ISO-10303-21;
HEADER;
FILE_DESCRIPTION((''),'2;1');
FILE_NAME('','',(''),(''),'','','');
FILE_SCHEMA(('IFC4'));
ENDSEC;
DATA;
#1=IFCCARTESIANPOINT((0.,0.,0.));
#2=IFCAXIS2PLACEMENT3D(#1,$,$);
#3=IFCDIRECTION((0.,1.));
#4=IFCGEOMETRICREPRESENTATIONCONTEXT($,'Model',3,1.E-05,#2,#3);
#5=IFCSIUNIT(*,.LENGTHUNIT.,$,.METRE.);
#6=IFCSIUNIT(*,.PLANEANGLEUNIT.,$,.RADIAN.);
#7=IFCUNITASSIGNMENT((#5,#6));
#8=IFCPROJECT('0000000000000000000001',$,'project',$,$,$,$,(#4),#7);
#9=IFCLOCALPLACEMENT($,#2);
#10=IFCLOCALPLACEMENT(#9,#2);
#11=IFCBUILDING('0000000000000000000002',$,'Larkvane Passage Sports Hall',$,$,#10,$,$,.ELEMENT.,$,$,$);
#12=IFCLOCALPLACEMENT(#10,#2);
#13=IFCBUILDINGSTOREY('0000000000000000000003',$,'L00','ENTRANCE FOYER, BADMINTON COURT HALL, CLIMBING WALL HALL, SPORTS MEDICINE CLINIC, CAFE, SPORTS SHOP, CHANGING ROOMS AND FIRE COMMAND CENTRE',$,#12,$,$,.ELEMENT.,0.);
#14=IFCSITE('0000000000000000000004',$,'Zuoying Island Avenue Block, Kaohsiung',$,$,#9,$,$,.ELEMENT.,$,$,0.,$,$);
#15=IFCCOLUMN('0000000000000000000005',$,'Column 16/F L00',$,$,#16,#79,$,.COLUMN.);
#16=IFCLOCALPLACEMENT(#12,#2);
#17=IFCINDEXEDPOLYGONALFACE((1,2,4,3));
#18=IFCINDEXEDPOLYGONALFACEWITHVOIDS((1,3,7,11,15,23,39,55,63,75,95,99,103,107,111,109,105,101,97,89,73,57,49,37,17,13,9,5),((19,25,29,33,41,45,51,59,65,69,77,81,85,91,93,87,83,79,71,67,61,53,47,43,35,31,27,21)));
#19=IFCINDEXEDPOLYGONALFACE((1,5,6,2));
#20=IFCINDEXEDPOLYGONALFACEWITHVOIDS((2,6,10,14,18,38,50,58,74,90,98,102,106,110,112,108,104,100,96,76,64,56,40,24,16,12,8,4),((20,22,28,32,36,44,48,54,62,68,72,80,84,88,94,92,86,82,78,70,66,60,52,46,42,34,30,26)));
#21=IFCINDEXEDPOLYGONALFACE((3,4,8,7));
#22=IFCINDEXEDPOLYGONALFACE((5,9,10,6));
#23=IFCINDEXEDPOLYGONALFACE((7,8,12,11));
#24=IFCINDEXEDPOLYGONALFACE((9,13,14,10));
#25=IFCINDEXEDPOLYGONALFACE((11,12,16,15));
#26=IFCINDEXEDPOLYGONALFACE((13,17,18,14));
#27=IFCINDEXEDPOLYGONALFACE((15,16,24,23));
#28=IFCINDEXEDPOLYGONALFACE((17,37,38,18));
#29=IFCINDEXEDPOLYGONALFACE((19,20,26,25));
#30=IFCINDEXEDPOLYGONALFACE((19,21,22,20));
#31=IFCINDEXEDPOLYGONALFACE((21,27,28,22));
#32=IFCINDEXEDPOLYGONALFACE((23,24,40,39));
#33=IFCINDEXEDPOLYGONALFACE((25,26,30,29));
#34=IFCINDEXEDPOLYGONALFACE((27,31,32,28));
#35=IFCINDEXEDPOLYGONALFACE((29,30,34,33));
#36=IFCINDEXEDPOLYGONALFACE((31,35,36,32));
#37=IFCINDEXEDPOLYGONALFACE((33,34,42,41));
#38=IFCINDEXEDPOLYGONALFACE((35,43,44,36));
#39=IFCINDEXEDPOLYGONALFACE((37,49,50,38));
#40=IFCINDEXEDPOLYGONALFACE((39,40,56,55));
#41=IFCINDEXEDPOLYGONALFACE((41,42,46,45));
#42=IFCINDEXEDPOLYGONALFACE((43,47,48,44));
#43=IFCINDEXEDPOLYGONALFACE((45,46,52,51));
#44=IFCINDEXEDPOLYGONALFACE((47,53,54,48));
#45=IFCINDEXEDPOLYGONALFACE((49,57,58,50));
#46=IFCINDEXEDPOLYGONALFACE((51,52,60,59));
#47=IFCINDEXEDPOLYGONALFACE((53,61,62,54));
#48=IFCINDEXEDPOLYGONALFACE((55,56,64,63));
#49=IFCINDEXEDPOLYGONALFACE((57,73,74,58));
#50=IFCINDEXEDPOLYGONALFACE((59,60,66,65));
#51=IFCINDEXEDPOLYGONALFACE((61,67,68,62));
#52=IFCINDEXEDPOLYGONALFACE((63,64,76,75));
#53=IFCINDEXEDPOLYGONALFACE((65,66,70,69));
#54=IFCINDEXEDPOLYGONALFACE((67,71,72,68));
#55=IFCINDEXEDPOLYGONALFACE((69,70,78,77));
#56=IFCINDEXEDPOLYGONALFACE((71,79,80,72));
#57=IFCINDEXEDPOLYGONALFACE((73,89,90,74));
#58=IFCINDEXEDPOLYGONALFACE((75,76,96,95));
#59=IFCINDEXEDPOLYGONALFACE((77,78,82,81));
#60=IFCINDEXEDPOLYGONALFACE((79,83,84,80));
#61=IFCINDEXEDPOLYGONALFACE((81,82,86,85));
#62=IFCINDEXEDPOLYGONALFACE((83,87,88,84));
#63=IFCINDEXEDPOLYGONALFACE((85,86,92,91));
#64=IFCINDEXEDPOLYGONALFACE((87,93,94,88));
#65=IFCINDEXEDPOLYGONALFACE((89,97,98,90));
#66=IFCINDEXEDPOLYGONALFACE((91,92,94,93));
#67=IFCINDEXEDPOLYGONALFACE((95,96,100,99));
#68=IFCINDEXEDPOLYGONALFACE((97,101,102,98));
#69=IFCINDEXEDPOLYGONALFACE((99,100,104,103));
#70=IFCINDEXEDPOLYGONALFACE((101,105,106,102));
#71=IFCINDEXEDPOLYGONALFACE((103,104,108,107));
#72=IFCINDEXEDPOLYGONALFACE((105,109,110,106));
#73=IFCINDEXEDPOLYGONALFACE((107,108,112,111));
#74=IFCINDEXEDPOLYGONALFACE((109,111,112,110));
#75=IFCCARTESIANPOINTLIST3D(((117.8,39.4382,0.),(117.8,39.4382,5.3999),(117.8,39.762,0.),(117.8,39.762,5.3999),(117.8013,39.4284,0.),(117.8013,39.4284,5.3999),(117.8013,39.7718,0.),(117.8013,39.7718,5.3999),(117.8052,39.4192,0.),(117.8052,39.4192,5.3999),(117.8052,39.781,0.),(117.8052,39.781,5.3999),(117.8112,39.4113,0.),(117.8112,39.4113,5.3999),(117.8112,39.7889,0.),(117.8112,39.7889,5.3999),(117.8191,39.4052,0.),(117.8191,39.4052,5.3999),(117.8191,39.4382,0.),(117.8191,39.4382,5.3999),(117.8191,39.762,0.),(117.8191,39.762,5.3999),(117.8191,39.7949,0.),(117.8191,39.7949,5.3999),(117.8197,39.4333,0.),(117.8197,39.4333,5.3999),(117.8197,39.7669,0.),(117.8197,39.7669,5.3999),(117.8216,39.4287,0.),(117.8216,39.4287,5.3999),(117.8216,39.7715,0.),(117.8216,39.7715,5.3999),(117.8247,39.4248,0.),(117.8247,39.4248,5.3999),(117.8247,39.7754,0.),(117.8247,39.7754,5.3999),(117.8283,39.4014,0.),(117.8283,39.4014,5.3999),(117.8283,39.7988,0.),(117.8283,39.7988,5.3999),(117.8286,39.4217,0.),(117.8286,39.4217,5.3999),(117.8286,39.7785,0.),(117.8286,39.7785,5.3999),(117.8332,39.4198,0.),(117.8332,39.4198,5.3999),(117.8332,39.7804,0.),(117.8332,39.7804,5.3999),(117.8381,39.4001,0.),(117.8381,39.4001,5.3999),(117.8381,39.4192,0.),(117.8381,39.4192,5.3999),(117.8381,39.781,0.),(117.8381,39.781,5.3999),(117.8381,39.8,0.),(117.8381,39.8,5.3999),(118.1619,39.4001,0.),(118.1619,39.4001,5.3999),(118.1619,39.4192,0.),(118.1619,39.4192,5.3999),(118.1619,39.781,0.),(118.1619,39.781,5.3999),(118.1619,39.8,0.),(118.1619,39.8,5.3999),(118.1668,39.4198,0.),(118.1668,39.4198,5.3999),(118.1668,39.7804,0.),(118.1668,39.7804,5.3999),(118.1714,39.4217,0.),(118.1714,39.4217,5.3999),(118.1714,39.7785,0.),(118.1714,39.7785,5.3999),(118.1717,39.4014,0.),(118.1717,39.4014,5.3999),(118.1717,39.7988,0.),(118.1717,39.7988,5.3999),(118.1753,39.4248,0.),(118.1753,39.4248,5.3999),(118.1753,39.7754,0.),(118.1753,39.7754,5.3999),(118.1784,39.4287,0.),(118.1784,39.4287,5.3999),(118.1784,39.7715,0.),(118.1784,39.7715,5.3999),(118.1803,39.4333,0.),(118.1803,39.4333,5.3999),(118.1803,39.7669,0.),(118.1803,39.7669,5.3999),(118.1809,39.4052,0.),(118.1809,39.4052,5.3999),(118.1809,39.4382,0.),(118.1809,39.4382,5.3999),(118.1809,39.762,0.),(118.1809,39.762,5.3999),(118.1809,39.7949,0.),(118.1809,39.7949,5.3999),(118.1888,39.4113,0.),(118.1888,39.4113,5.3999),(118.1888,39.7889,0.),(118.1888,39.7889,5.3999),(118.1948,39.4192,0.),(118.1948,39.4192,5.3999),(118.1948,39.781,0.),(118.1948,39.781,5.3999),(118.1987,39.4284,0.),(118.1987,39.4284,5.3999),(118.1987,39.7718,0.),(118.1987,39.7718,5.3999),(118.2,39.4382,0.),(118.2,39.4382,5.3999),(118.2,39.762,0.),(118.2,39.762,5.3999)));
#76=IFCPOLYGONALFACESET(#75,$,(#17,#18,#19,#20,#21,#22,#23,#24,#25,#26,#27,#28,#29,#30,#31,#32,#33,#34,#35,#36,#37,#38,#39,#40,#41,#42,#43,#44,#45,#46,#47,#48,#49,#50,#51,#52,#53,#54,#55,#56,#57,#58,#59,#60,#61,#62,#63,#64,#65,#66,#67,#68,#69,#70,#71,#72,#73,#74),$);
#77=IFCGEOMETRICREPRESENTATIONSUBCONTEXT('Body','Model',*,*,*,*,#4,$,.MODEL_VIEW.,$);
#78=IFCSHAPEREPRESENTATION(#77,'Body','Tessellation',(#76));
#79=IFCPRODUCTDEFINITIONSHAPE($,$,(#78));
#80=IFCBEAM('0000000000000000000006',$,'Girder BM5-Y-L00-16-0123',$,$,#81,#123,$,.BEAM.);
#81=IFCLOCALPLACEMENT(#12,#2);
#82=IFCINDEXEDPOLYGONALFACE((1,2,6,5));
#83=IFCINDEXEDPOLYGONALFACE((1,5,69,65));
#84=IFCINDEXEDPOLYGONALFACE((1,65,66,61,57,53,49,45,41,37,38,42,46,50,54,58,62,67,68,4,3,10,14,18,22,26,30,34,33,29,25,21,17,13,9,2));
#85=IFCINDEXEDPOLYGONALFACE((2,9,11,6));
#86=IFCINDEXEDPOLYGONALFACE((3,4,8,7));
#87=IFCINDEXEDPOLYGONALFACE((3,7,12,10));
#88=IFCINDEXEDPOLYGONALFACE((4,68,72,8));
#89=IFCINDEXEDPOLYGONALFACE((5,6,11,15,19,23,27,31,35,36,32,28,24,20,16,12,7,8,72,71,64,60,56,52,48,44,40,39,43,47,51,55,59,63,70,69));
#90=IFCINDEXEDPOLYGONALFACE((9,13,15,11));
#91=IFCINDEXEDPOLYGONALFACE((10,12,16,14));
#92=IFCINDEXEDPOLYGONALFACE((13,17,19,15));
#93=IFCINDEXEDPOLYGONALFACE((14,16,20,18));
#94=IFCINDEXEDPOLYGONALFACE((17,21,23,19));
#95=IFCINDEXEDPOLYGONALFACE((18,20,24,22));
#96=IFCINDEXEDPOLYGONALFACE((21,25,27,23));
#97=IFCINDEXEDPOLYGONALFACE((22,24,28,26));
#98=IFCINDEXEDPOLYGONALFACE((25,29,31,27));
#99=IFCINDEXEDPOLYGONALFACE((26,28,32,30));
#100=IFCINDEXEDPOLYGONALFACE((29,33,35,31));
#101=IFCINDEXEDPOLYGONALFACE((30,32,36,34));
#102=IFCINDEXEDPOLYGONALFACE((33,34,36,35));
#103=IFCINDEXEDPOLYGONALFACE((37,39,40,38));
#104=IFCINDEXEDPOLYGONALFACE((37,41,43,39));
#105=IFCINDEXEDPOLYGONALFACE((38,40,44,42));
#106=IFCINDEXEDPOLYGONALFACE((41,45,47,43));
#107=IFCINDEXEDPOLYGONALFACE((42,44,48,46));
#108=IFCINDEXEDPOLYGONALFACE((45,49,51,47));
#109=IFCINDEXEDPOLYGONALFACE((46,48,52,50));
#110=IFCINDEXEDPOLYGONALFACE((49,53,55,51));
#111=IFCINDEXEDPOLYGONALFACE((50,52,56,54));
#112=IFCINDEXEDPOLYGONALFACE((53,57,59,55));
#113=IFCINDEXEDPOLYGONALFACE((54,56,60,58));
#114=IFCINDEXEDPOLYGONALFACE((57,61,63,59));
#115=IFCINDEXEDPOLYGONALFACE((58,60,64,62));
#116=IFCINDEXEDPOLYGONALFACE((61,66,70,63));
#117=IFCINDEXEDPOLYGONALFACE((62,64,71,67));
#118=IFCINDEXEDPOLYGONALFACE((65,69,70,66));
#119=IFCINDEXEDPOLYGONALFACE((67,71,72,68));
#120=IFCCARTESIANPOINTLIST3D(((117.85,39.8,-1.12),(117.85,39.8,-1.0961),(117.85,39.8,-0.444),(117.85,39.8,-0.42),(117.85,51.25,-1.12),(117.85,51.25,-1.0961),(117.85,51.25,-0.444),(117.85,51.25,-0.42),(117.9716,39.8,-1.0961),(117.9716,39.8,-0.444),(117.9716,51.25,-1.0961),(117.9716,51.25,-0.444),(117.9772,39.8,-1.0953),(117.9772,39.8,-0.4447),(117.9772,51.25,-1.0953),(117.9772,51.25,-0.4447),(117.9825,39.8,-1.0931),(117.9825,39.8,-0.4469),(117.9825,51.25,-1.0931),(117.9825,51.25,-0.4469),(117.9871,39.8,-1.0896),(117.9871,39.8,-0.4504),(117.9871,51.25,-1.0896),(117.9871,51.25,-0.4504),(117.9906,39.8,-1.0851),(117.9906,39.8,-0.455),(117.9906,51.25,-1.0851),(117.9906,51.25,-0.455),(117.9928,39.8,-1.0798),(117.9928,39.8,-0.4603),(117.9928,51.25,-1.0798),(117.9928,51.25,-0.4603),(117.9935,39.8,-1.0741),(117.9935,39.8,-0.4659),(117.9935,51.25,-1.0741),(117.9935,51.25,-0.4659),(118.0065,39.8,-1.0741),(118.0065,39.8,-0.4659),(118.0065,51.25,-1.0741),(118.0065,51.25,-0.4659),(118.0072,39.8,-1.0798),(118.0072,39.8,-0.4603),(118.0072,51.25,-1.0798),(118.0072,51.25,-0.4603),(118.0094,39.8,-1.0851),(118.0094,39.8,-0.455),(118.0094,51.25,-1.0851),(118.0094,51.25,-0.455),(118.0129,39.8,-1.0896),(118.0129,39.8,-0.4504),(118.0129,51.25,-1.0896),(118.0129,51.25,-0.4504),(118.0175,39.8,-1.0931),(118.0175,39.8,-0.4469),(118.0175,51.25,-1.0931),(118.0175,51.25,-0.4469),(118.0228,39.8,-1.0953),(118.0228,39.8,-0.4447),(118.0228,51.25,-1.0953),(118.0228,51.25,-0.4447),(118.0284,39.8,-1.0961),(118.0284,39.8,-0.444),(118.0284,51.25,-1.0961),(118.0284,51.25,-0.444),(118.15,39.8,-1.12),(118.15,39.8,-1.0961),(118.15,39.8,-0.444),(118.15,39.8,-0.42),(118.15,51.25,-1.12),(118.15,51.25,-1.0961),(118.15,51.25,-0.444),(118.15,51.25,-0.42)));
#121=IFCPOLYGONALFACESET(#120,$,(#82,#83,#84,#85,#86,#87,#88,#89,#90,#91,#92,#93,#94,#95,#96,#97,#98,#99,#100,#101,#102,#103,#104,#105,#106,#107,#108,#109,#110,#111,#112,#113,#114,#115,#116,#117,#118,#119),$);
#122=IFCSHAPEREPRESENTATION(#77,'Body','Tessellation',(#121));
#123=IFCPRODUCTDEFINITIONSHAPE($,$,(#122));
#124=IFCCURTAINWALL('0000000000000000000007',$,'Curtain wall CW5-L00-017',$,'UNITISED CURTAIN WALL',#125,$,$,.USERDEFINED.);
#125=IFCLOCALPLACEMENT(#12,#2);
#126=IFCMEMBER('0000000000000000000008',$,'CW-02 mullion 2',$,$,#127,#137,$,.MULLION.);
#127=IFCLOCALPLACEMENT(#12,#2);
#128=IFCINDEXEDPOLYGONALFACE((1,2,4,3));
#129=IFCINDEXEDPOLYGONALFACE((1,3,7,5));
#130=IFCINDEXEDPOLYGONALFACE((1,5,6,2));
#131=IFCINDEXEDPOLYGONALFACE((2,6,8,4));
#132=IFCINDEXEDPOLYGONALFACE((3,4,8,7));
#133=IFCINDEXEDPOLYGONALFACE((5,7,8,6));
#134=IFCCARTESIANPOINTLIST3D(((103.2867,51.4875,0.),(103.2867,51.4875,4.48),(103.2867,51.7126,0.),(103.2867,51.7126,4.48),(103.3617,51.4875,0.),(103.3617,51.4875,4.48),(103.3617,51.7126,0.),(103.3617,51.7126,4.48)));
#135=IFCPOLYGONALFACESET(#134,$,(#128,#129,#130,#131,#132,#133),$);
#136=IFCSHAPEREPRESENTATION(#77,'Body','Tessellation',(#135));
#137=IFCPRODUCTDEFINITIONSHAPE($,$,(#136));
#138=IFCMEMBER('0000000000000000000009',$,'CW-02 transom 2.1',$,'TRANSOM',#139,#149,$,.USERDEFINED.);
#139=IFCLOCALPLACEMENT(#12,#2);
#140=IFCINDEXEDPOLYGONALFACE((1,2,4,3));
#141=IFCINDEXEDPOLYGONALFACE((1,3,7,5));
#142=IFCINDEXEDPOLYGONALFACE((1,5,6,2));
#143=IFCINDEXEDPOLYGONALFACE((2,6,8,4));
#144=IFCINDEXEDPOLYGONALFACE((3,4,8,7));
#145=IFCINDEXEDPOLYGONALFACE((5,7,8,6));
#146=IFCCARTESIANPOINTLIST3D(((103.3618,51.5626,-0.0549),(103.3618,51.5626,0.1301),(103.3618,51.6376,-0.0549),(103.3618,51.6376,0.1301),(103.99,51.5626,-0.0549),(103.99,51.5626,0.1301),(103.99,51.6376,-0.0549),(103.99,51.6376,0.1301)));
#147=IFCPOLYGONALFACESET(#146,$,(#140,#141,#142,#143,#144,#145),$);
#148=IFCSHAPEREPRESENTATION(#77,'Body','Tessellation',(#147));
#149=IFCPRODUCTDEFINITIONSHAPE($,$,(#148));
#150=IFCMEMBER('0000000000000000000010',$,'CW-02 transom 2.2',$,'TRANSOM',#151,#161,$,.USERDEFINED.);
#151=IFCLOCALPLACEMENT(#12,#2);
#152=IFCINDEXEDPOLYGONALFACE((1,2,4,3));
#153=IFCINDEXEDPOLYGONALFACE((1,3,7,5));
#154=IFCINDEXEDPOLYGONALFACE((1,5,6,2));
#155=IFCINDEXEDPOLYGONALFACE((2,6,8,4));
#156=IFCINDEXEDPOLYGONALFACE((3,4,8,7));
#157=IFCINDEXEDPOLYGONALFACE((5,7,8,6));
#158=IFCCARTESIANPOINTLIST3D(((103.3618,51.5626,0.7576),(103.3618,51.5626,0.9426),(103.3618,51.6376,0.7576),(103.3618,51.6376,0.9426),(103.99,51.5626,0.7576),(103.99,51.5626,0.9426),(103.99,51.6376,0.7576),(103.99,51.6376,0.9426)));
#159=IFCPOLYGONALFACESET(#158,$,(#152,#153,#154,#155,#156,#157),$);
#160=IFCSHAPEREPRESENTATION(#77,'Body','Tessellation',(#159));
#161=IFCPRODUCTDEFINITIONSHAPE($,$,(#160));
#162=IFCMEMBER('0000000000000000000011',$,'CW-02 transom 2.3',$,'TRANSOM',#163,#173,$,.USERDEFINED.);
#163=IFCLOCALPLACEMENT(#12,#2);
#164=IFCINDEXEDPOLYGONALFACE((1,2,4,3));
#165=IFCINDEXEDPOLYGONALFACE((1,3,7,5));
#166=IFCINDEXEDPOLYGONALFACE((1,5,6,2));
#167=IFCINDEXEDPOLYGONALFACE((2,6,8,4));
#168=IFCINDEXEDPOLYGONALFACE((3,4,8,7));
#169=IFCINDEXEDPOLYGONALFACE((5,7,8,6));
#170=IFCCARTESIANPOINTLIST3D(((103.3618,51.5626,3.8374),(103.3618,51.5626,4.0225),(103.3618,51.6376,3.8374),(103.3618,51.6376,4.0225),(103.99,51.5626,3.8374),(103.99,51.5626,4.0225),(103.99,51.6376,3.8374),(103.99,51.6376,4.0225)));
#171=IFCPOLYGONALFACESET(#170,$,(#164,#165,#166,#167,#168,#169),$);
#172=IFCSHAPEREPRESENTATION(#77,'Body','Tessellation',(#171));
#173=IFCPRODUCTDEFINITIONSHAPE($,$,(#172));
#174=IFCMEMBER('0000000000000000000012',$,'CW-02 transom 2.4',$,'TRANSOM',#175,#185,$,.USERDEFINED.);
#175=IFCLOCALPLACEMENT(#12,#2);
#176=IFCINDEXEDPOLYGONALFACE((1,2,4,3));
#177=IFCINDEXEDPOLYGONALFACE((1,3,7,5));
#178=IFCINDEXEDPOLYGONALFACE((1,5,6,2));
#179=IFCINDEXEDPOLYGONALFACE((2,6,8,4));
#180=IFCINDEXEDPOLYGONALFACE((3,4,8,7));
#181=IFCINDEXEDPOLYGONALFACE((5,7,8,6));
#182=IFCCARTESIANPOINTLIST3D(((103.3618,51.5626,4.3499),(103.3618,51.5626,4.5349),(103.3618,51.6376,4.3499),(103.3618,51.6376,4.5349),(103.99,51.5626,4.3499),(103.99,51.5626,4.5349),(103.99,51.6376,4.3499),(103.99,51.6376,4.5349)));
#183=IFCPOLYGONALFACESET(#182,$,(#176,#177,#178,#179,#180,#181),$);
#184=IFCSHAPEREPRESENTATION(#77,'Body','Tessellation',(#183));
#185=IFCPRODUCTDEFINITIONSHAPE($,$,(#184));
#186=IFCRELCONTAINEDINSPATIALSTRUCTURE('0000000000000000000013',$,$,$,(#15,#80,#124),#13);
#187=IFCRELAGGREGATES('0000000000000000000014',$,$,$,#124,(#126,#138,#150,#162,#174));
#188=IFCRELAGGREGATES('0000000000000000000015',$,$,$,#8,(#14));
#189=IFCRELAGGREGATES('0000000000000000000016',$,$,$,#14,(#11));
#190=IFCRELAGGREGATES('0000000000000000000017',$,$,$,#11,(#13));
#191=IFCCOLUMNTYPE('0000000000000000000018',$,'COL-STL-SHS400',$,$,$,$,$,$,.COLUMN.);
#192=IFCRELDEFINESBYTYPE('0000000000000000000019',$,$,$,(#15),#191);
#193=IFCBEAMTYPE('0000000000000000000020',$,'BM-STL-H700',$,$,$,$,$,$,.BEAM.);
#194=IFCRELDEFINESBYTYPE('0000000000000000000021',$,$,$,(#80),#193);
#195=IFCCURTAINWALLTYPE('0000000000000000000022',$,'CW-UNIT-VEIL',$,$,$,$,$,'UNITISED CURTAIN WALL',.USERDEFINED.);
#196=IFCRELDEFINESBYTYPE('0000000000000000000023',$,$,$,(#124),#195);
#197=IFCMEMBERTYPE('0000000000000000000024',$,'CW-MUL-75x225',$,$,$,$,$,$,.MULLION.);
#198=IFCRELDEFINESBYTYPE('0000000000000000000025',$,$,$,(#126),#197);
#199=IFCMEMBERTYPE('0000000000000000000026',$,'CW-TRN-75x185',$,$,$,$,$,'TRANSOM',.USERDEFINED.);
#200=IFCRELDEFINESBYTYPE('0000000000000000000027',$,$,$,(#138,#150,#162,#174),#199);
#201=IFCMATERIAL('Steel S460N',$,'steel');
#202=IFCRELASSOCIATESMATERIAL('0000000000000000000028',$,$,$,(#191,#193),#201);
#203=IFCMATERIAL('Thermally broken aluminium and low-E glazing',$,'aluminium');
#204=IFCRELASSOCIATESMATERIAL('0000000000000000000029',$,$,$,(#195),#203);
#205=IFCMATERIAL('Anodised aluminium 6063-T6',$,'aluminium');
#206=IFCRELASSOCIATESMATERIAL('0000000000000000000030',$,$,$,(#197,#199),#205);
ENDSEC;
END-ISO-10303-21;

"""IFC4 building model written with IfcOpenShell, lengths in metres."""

from ifc_helpers import new_model, si_unit, direction, frame, origin, origin_2d, place, context, subcontext, project, spatial, rectangle, hollow_rectangle, i_section, extrude, material, material_profile, profile_set, type_object, element, aggregate, save


model = new_model("IFC4")

# Units and contexts
model_context = context("Model", 3, precision=1e-05, world=origin(), true_north=direction((0.0, 1.0)))
body_context = subcontext(model_context, "Body", "Model", "MODEL_VIEW")
ifc_project = project(units=[si_unit("LENGTHUNIT", "METRE"), si_unit("PLANEANGLEUNIT", "RADIAN")], contexts=[model_context])

# Site, building, storey
site_placement = place(None, origin())
site = spatial("IfcSite", under=ifc_project, at=site_placement, Name="Zuoying Island Avenue Block, Kaohsiung", CompositionType="ELEMENT", RefElevation=0.0)
building_placement = place(site_placement, origin())
building = spatial("IfcBuilding", under=site, at=building_placement, Name="Larkvane Passage Sports Hall", CompositionType="ELEMENT")
storey_placement = place(building_placement, origin())
storey = spatial("IfcBuildingStorey", under=building, at=storey_placement, Name="L00", Description="ENTRANCE FOYER, BADMINTON COURT HALL, CLIMBING WALL HALL, SPORTS MEDICINE CLINIC, CAFE, SPORTS SHOP, CHANGING ROOMS AND FIRE COMMAND CENTRE", CompositionType="ELEMENT", Elevation=0.0)

# Column
ifc_material_1 = material(Name="Steel S460N", Category="steel")
ifc_material_profile_1 = material_profile(ifc_material_1, hollow_rectangle(XDim=0.3999, YDim=0.3999, WallThickness=0.019, InnerFilletRadius=0.019, OuterFilletRadius=0.0381, at=origin_2d()), Name="SHS-400x400x19")
ifc_profile_set_1 = profile_set([ifc_material_profile_1], Name="Steel S460N")
column_type_1 = type_object("IfcColumnType", Name="COL-STL-SHS400", PredefinedType="COLUMN", material=ifc_profile_set_1)
column_placement = place(storey_placement, frame((118.0, 39.6001, 0.0), z_axis=(0.0, 0.0, 1.0), x_axis=(1.0, 0.0, 0.0)))
element("IfcColumn", 1, at=column_placement, inside=storey, type_object=column_type_1, Name="Column 16/F L00", PredefinedType="COLUMN", context=body_context, shape_type="SweptSolid", body=[
    extrude(hollow_rectangle(XDim=0.3999, YDim=0.3999, WallThickness=0.019, InnerFilletRadius=0.019, OuterFilletRadius=0.0381, at=origin_2d()), origin(), (0.0, 0.0, 1.0), 5.3999),
])

# Beam
ifc_material_profile_2 = material_profile(ifc_material_1, i_section(OverallWidth=0.3, OverallDepth=0.7, WebThickness=0.0129, FlangeThickness=0.0239, FilletRadius=0.022, at=origin_2d()), Name="H-700x300x13x24")
ifc_profile_set_2 = profile_set([ifc_material_profile_2], Name="Steel S460N")
beam_type_1 = type_object("IfcBeamType", Name="BM-STL-H700", PredefinedType="BEAM", material=ifc_profile_set_2)
beam_1_placement = place(storey_placement, frame((118.0, 39.8, -0.77), z_axis=(0.0, 1.0, 0.0), x_axis=(-1.0, 0.0, 0.0)))
element("IfcBeam", 2, at=beam_1_placement, inside=storey, type_object=beam_type_1, Name="Girder BM5-Y-L00-16-0123", PredefinedType="BEAM", context=body_context, shape_type="SweptSolid", body=[
    extrude(i_section(OverallWidth=0.3, OverallDepth=0.7, WebThickness=0.0129, FlangeThickness=0.0239, FilletRadius=0.022, at=origin_2d()), origin(), (0.0, 0.0, 1.0), 11.45),
])

# Curtain wall, members
ifc_material_2 = material(Name="Thermally broken aluminium and low-E glazing", Category="aluminium")
curtain_wall_type = type_object("IfcCurtainWallType", Name="CW-UNIT-VEIL", ElementType="UNITISED CURTAIN WALL", PredefinedType="USERDEFINED", material=ifc_material_2)
curtain_wall_placement = place(storey_placement, origin())
curtain_wall = element("IfcCurtainWall", 3, at=curtain_wall_placement, inside=storey, type_object=curtain_wall_type, Name="Curtain wall CW5-L00-017", ObjectType="UNITISED CURTAIN WALL", PredefinedType="USERDEFINED")
ifc_material_3 = material(Name="Anodised aluminium 6063-T6", Category="aluminium")
ifc_material_profile_3 = material_profile(ifc_material_3, rectangle(XDim=0.075, YDim=0.2251, at=origin_2d()), Name="ALU-MUL-75x225")
ifc_profile_set_3 = profile_set([ifc_material_profile_3], Name="Anodised aluminium 6063-T6")
member_type_1 = type_object("IfcMemberType", Name="CW-MUL-75x225", PredefinedType="MULLION", material=ifc_profile_set_3)
member_1_placement = place(storey_placement, frame((103.3242, 51.6001, 0.0), z_axis=(0.0, 0.0, 1.0), x_axis=(1.0, 0.0, 0.0)))
member_1 = element("IfcMember", 4, at=member_1_placement, type_object=member_type_1, Name="CW-02 mullion 2", PredefinedType="MULLION", context=body_context, shape_type="SweptSolid", body=[
    extrude(rectangle(XDim=0.075, YDim=0.2251, at=origin_2d()), origin(), (0.0, 0.0, 1.0), 4.48),
])
ifc_material_profile_4 = material_profile(ifc_material_3, rectangle(XDim=0.075, YDim=0.1851, at=origin_2d()), Name="ALU-TRN-75x185")
ifc_profile_set_4 = profile_set([ifc_material_profile_4], Name="Anodised aluminium 6063-T6")
member_type_2 = type_object("IfcMemberType", Name="CW-TRN-75x185", ElementType="TRANSOM", PredefinedType="USERDEFINED", material=ifc_profile_set_4)
member_2_placement = place(storey_placement, frame((103.3618, 51.6001, 0.0376), z_axis=(1.0, 0.0, 0.0), x_axis=(0.0, 1.0, 0.0)))
member_2 = element("IfcMember", 5, at=member_2_placement, type_object=member_type_2, Name="CW-02 transom 2.1", ObjectType="TRANSOM", PredefinedType="USERDEFINED", context=body_context, shape_type="SweptSolid", body=[
    extrude(rectangle(XDim=0.075, YDim=0.1851, at=origin_2d()), origin(), (0.0, 0.0, 1.0), 0.6282),
])
member_3_placement = place(storey_placement, frame((103.3618, 51.6001, 0.8501), z_axis=(1.0, 0.0, 0.0), x_axis=(0.0, 1.0, 0.0)))
member_3 = element("IfcMember", 6, at=member_3_placement, type_object=member_type_2, Name="CW-02 transom 2.2", ObjectType="TRANSOM", PredefinedType="USERDEFINED", context=body_context, shape_type="SweptSolid", body=[
    extrude(rectangle(XDim=0.075, YDim=0.1851, at=origin_2d()), origin(), (0.0, 0.0, 1.0), 0.6282),
])
member_4_placement = place(storey_placement, frame((103.3618, 51.6001, 3.9299), z_axis=(1.0, 0.0, 0.0), x_axis=(0.0, 1.0, 0.0)))
member_4 = element("IfcMember", 7, at=member_4_placement, type_object=member_type_2, Name="CW-02 transom 2.3", ObjectType="TRANSOM", PredefinedType="USERDEFINED", context=body_context, shape_type="SweptSolid", body=[
    extrude(rectangle(XDim=0.075, YDim=0.1851, at=origin_2d()), origin(), (0.0, 0.0, 1.0), 0.6282),
])
member_5_placement = place(storey_placement, frame((103.3618, 51.6001, 4.4424), z_axis=(1.0, 0.0, 0.0), x_axis=(0.0, 1.0, 0.0)))
member_5 = element("IfcMember", 8, at=member_5_placement, type_object=member_type_2, Name="CW-02 transom 2.4", ObjectType="TRANSOM", PredefinedType="USERDEFINED", context=body_context, shape_type="SweptSolid", body=[
    extrude(rectangle(XDim=0.075, YDim=0.1851, at=origin_2d()), origin(), (0.0, 0.0, 1.0), 0.6282),
])

aggregate(curtain_wall, [member_1, member_2, member_3, member_4, member_5])

save(model, "model.ifc")
